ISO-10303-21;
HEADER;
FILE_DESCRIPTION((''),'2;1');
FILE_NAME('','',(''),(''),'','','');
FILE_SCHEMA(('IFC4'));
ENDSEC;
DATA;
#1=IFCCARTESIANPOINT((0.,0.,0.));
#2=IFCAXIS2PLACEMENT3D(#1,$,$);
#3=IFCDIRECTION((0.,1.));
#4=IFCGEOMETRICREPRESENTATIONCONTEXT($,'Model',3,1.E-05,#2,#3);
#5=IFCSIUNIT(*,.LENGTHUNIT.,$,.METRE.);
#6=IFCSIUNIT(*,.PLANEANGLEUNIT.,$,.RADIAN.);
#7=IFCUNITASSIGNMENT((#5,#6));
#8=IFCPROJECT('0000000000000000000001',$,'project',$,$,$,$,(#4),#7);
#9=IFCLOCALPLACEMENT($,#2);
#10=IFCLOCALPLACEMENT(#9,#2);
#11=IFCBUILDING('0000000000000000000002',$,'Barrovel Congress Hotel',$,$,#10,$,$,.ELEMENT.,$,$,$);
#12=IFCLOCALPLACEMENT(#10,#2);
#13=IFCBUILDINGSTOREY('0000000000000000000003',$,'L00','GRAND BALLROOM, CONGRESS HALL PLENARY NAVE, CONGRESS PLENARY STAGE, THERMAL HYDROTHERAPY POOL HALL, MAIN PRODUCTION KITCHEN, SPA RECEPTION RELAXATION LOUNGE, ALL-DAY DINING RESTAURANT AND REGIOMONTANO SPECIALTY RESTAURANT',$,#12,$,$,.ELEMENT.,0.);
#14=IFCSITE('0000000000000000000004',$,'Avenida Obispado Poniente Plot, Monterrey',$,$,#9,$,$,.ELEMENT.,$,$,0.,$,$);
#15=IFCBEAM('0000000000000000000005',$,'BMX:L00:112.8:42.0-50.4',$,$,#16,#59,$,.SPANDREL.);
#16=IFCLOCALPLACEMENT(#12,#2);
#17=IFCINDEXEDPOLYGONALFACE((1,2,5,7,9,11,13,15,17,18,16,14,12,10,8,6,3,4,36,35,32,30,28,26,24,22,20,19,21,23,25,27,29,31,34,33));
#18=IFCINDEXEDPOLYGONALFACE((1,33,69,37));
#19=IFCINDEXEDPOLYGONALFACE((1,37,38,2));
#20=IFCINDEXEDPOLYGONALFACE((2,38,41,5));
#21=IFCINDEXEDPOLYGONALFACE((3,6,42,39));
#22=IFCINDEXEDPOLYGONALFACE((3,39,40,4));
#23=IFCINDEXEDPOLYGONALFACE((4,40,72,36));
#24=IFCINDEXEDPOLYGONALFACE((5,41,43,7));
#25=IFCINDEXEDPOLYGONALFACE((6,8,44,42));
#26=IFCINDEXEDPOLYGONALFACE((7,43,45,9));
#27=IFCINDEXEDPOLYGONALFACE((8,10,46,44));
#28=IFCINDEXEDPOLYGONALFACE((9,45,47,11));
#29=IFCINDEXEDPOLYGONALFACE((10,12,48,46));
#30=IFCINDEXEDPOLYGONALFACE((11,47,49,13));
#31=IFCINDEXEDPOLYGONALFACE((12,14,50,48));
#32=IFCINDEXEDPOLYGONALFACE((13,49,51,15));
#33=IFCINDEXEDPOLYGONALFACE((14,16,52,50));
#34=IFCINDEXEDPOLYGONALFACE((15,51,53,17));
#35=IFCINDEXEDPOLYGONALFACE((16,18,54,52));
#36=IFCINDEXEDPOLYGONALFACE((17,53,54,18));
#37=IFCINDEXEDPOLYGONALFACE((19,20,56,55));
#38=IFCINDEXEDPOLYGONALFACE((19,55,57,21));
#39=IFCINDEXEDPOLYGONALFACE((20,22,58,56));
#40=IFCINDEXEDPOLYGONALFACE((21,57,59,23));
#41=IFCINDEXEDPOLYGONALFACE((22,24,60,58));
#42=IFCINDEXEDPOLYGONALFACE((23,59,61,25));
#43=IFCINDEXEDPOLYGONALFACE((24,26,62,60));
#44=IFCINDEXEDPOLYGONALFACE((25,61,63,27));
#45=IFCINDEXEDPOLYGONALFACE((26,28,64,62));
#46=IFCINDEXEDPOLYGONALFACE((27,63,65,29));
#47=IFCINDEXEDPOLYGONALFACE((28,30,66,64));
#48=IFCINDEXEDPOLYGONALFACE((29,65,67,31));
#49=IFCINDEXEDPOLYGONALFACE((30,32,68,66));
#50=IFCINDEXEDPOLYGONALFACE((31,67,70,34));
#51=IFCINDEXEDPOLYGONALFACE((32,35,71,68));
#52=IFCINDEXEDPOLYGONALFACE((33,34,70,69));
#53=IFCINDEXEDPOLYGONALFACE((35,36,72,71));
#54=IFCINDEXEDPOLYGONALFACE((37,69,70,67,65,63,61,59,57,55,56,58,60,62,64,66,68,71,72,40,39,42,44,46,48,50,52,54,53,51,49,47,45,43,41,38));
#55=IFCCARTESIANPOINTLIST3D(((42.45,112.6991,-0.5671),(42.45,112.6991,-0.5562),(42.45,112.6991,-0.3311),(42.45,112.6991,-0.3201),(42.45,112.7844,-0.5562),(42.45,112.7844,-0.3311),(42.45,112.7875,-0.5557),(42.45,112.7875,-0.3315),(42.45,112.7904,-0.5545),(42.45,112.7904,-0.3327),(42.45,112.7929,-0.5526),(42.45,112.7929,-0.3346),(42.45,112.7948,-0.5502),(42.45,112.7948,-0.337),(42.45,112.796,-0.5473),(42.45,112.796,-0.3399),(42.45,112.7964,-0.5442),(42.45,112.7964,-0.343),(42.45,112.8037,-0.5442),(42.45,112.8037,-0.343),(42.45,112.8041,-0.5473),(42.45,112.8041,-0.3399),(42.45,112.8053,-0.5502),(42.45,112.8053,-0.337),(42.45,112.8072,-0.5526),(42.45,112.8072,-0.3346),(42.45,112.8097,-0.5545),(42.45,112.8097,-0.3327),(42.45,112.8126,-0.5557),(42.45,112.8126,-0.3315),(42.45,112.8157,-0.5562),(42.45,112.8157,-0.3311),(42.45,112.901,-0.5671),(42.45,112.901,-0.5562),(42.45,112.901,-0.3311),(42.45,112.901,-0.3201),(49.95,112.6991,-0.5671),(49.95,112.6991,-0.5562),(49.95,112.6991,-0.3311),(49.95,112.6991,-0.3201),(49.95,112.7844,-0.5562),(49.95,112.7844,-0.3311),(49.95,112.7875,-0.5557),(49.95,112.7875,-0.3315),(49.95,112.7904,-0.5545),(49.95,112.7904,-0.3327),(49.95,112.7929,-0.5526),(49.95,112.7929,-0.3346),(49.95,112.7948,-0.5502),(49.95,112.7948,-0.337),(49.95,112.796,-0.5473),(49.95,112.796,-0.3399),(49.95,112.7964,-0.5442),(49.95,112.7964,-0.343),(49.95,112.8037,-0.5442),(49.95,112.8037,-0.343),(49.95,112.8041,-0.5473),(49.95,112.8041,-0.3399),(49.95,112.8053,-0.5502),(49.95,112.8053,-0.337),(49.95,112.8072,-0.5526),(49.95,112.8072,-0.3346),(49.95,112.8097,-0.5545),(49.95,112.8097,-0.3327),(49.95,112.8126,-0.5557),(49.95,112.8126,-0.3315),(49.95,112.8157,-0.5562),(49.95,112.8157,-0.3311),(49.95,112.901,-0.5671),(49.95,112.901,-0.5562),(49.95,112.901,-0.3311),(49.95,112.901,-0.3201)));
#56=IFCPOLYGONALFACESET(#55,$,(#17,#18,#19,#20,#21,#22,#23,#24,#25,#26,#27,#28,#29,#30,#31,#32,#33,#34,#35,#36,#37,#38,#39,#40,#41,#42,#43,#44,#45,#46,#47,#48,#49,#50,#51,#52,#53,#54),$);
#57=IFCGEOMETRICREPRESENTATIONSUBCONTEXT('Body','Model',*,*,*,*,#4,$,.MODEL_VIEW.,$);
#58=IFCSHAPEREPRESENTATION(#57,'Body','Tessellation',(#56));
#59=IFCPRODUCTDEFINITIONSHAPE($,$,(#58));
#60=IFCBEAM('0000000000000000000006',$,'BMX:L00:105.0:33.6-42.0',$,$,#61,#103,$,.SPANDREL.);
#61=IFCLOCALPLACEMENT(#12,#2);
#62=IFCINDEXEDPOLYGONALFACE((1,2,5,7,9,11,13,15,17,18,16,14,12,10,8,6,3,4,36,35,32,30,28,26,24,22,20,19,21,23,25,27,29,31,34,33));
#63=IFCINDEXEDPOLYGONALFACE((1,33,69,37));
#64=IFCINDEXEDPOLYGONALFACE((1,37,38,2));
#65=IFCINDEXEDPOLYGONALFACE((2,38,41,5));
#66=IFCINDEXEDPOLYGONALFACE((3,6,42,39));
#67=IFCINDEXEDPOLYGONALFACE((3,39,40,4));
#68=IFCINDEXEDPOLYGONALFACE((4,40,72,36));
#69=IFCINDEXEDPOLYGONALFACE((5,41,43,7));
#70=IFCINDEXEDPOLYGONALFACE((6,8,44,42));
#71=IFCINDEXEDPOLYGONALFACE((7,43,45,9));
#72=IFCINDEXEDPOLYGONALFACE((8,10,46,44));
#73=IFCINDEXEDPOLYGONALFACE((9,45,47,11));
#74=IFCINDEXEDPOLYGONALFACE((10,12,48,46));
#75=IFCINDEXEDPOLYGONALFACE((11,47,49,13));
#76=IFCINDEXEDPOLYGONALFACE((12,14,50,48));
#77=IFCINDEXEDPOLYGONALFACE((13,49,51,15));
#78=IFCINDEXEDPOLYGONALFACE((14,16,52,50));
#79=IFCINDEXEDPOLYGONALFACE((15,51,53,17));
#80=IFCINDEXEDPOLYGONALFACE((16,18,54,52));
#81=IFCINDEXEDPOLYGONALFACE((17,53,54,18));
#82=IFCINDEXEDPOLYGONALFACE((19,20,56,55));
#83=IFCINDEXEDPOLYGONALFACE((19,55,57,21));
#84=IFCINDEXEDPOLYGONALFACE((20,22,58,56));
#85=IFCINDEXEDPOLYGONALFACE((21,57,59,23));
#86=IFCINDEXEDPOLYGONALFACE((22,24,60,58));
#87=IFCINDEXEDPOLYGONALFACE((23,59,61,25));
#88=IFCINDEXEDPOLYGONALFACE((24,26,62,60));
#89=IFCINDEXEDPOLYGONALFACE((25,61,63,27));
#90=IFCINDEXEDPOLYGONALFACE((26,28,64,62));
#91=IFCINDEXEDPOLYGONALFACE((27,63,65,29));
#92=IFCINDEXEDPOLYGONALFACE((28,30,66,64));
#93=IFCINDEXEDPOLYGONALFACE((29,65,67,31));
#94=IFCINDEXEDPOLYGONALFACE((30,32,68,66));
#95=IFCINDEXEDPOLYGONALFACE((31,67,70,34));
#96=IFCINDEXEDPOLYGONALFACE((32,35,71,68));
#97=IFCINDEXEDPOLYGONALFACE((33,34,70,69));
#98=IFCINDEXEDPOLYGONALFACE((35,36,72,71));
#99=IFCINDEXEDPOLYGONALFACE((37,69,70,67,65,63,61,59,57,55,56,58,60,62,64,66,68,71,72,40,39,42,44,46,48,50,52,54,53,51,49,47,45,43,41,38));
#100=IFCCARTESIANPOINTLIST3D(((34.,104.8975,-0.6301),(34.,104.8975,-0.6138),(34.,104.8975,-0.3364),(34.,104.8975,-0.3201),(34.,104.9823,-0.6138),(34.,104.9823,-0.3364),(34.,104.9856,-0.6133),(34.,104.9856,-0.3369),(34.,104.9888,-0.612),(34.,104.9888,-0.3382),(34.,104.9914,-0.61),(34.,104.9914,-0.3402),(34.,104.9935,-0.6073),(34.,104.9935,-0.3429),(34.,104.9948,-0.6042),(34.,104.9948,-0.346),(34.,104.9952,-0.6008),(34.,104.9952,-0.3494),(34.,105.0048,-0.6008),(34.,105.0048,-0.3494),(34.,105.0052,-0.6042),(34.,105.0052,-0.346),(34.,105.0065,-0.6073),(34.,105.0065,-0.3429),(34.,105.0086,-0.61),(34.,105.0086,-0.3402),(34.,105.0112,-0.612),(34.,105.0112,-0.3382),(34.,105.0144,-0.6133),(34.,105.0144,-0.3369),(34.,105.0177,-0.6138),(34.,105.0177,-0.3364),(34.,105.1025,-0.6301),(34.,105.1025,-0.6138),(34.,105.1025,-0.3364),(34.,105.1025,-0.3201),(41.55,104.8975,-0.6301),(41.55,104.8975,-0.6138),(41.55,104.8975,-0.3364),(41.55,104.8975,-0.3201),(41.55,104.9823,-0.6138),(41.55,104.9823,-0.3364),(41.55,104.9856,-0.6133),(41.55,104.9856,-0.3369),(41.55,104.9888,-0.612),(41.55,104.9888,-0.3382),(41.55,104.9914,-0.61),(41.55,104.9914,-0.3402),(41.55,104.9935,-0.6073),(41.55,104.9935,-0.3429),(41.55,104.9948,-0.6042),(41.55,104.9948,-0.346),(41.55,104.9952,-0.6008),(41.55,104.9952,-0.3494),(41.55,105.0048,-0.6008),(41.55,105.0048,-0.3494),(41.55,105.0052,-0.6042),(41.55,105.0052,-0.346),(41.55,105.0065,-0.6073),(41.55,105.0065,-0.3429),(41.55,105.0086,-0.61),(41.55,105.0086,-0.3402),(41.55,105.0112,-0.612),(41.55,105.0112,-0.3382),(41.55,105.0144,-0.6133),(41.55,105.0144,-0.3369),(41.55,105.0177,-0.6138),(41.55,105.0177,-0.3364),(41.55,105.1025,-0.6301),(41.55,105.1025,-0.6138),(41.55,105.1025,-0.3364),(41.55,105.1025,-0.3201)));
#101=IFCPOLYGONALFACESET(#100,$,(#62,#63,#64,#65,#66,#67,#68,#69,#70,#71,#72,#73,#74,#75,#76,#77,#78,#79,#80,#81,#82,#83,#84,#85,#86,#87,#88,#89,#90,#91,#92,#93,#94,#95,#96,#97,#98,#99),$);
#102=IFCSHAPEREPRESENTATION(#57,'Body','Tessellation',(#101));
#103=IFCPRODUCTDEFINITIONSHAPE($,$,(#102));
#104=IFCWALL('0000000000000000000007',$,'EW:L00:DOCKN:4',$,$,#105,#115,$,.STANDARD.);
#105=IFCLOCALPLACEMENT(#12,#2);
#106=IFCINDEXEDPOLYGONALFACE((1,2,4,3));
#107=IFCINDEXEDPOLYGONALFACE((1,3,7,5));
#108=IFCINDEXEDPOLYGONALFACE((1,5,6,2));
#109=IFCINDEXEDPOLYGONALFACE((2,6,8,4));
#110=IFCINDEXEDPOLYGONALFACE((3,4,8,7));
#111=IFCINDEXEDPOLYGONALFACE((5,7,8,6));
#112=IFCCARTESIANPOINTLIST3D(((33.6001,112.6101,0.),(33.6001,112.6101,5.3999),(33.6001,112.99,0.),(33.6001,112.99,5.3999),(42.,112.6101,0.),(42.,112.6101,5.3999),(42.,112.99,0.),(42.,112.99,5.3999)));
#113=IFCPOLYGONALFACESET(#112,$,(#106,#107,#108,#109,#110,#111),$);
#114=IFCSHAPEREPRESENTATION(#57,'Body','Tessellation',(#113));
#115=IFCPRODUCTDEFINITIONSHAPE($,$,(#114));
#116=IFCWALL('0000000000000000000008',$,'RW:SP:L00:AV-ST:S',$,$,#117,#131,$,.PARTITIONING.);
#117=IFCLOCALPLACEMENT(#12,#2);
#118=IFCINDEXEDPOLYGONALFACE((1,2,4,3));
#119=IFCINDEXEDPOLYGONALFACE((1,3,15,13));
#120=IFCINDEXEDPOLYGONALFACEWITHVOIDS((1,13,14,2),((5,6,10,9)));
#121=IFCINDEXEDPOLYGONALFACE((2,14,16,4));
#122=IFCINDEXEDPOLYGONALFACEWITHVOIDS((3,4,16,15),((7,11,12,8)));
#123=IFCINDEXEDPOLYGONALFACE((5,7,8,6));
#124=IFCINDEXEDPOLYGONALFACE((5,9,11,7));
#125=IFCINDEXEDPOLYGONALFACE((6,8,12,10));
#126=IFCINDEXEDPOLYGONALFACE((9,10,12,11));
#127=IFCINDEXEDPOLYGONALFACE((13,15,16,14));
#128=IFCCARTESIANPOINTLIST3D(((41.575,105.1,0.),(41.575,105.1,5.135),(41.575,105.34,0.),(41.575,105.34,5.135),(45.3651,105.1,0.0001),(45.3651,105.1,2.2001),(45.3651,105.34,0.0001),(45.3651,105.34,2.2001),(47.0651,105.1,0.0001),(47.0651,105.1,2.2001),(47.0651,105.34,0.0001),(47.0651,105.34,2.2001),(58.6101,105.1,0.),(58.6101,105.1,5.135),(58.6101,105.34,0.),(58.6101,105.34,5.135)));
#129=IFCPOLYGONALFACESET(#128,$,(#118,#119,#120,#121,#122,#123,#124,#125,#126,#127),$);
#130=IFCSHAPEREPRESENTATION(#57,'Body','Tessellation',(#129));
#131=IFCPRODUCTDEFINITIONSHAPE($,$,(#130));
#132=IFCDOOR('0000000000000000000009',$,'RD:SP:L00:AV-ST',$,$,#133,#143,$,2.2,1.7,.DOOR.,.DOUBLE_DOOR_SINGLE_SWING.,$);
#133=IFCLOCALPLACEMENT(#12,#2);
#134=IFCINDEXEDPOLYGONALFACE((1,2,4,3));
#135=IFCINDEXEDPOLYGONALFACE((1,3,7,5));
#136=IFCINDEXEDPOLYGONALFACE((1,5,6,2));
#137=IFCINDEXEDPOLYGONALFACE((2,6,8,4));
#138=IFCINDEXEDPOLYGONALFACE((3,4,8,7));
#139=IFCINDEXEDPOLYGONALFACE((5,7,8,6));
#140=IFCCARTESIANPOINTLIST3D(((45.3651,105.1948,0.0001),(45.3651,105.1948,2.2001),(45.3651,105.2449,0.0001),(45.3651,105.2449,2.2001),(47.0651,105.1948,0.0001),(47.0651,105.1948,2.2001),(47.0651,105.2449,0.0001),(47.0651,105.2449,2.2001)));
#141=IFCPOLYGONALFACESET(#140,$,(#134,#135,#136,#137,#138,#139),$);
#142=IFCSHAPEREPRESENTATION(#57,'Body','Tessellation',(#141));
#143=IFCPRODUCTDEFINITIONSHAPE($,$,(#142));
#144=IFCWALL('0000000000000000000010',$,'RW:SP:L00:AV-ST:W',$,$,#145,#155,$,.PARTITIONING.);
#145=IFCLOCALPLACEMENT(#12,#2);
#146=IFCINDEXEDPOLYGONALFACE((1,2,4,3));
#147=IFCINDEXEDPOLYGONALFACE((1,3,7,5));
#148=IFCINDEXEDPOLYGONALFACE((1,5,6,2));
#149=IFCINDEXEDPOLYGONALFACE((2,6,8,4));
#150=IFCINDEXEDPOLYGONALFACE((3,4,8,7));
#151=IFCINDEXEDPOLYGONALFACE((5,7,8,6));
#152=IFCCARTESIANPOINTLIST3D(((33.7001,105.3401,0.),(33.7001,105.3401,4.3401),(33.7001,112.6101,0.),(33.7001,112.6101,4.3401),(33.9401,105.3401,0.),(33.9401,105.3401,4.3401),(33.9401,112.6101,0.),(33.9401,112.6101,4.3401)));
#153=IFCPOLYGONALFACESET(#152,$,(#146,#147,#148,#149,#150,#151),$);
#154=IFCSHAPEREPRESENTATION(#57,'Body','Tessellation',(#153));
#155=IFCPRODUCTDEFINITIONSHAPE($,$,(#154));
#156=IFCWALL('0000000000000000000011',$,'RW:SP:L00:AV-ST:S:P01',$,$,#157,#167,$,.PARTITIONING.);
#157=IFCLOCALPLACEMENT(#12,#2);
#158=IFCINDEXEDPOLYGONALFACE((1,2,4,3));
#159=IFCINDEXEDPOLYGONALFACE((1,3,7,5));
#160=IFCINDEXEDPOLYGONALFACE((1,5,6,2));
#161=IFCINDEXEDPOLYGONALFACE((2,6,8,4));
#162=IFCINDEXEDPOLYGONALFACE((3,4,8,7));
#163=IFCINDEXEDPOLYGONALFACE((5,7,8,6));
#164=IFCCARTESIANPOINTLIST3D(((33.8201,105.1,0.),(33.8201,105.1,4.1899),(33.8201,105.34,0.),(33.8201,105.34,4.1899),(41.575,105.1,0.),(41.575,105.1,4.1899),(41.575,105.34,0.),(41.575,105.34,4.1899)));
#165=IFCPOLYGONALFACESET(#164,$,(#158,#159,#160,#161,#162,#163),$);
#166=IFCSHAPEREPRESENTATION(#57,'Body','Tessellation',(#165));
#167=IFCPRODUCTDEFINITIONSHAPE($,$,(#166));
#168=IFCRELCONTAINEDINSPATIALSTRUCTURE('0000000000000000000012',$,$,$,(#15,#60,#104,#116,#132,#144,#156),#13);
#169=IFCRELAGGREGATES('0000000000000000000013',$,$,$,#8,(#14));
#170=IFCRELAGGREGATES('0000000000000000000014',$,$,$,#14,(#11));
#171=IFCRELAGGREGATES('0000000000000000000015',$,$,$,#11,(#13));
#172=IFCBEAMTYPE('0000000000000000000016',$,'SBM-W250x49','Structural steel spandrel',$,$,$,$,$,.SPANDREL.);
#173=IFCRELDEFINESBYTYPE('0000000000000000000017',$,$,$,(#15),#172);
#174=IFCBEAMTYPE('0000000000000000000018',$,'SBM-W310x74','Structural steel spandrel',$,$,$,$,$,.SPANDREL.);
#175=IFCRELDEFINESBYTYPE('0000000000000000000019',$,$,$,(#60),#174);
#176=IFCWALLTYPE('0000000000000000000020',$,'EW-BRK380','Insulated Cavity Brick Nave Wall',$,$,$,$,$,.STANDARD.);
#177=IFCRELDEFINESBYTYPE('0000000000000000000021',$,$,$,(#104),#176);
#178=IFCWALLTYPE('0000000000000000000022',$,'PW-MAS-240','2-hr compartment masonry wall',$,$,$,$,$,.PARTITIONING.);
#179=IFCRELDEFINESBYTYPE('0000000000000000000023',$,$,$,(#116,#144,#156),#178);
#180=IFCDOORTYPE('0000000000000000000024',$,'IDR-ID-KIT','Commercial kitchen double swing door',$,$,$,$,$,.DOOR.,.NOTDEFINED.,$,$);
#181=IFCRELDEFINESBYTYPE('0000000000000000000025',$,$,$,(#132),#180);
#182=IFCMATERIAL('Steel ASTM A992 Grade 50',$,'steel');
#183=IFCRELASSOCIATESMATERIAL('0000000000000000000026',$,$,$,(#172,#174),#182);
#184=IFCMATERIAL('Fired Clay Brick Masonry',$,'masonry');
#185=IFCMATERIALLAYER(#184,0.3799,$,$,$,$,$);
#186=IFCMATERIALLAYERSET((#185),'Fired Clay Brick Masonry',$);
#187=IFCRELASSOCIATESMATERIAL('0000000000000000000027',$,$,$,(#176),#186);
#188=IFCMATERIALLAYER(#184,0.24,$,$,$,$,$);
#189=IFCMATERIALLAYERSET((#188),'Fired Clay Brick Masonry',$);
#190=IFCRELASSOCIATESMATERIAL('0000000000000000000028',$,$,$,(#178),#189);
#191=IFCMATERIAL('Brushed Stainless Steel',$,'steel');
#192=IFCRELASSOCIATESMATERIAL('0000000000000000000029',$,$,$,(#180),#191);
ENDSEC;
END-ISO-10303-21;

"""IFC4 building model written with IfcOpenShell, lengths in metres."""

from ifc_helpers import new_model, si_unit, direction, frame, frame_2d, origin, origin_2d, place, context, subcontext, project, spatial, rectangle, i_section, extrude, material, layer, layer_set, material_profile, profile_set, type_object, element, fill, save


model = new_model("IFC4")

# Units and contexts
model_context = context("Model", 3, precision=1e-05, world=origin(), true_north=direction((0.0, 1.0)))
body_context = subcontext(model_context, "Body", "Model", "MODEL_VIEW")
ifc_project = project(units=[si_unit("LENGTHUNIT", "METRE"), si_unit("PLANEANGLEUNIT", "RADIAN")], contexts=[model_context])

# Site, building, storey
site_placement = place(None, origin())
site = spatial("IfcSite", under=ifc_project, at=site_placement, Name="Avenida Obispado Poniente Plot, Monterrey", CompositionType="ELEMENT", RefElevation=0.0)
building_placement = place(site_placement, origin())
building = spatial("IfcBuilding", under=site, at=building_placement, Name="Barrovel Congress Hotel", CompositionType="ELEMENT")
storey_placement = place(building_placement, origin())
storey = spatial("IfcBuildingStorey", under=building, at=storey_placement, Name="L00", Description="GRAND BALLROOM, CONGRESS HALL PLENARY NAVE, CONGRESS PLENARY STAGE, THERMAL HYDROTHERAPY POOL HALL, MAIN PRODUCTION KITCHEN, SPA RECEPTION RELAXATION LOUNGE, ALL-DAY DINING RESTAURANT AND REGIOMONTANO SPECIALTY RESTAURANT", CompositionType="ELEMENT", Elevation=0.0)

# Beams
ifc_material_1 = material(Name="Steel ASTM A992 Grade 50", Category="steel")
ifc_material_profile_1 = material_profile(ifc_material_1, i_section(OverallWidth=0.2019, OverallDepth=0.2471, WebThickness=0.0073, FlangeThickness=0.011, FilletRadius=0.012, at=origin_2d()), Name="W250x49")
ifc_profile_set_1 = profile_set([ifc_material_profile_1], Name="Steel ASTM A992 Grade 50")
beam_type_1 = type_object("IfcBeamType", Name="SBM-W250x49", Description="Structural steel spandrel", PredefinedType="SPANDREL", material=ifc_profile_set_1)
beam_1_placement = place(storey_placement, frame((42.45, 112.8, -0.4436), z_axis=(1.0, 0.0, 0.0), x_axis=(0.0, 1.0, 0.0)))
element("IfcBeam", 1, at=beam_1_placement, inside=storey, type_object=beam_type_1, Name="BMX:L00:112.8:42.0-50.4", PredefinedType="SPANDREL", context=body_context, shape_type="SweptSolid", body=[
    extrude(i_section(OverallWidth=0.2019, OverallDepth=0.2471, WebThickness=0.0073, FlangeThickness=0.011, FilletRadius=0.012, at=origin_2d()), origin(), (0.0, 0.0, 1.0), 7.5),
])
ifc_material_profile_2 = material_profile(ifc_material_1, i_section(OverallWidth=0.2051, OverallDepth=0.3101, WebThickness=0.0095, FlangeThickness=0.0164, FilletRadius=0.0129, at=origin_2d()), Name="W310x74")
ifc_profile_set_2 = profile_set([ifc_material_profile_2], Name="Steel ASTM A992 Grade 50")
beam_type_2 = type_object("IfcBeamType", Name="SBM-W310x74", Description="Structural steel spandrel", PredefinedType="SPANDREL", material=ifc_profile_set_2)
beam_2_placement = place(storey_placement, frame((34.0, 105.0, -0.4751), z_axis=(1.0, 0.0, 0.0), x_axis=(0.0, 1.0, 0.0)))
element("IfcBeam", 2, at=beam_2_placement, inside=storey, type_object=beam_type_2, Name="BMX:L00:105.0:33.6-42.0", PredefinedType="SPANDREL", context=body_context, shape_type="SweptSolid", body=[
    extrude(i_section(OverallWidth=0.2051, OverallDepth=0.3101, WebThickness=0.0095, FlangeThickness=0.0164, FilletRadius=0.0129, at=origin_2d()), origin(), (0.0, 0.0, 1.0), 7.55),
])

# Wall
ifc_material_2 = material(Name="Fired Clay Brick Masonry", Category="masonry")
ifc_layer_1 = layer(ifc_material_2, 0.3799)
ifc_layer_set_1 = layer_set([ifc_layer_1], Name="Fired Clay Brick Masonry")
wall_type_1 = type_object("IfcWallType", Name="EW-BRK380", Description="Insulated Cavity Brick Nave Wall", PredefinedType="STANDARD", material=ifc_layer_set_1)
wall_1_placement = place(storey_placement, frame((42.0, 112.8, 0.0), z_axis=(0.0, 0.0, 1.0), x_axis=(-1.0, 0.0, 0.0)))
element("IfcWall", 3, at=wall_1_placement, inside=storey, type_object=wall_type_1, Name="EW:L00:DOCKN:4", PredefinedType="STANDARD", context=body_context, shape_type="SweptSolid", body=[
    extrude(rectangle(XDim=8.3999, YDim=0.3799, at=frame_2d((4.2, 0.0))), origin(), (0.0, 0.0, 1.0), 5.3999),
])

# Wall, opening, door
ifc_layer_2 = layer(ifc_material_2, 0.24)
ifc_layer_set_2 = layer_set([ifc_layer_2], Name="Fired Clay Brick Masonry")
wall_type_2 = type_object("IfcWallType", Name="PW-MAS-240", Description="2-hr compartment masonry wall", PredefinedType="PARTITIONING", material=ifc_layer_set_2)
wall_2_placement = place(storey_placement, frame((41.575, 105.22, 0.0), z_axis=(0.0, 0.0, 1.0), x_axis=(1.0, 0.0, 0.0)))
wall_2 = element("IfcWall", 4, at=wall_2_placement, inside=storey, type_object=wall_type_2, Name="RW:SP:L00:AV-ST:S", PredefinedType="PARTITIONING", context=body_context, shape_type="SweptSolid", body=[
    extrude(rectangle(XDim=17.0352, YDim=0.24, at=frame_2d((8.5176, 0.0))), origin(), (0.0, 0.0, 1.0), 5.135),
])
opening_placement = place(wall_2_placement, frame((3.79, 0.0, 0.0)))
opening = element("IfcOpeningElement", 5, at=opening_placement, cuts=wall_2, PredefinedType="OPENING", context=body_context, shape_type="SweptSolid", body=[
    extrude(rectangle(XDim=1.7, YDim=2.2, at=frame_2d((0.8501, 1.1001))), frame((0.0, 0.1299, 0.0), z_axis=(0.0, -1.0, 0.0), x_axis=(1.0, 0.0, 0.0)), (0.0, 0.0, 1.0), 0.26),
])
ifc_material_3 = material(Name="Brushed Stainless Steel", Category="steel")
door_type = type_object("IfcDoorType", Name="IDR-ID-KIT", Description="Commercial kitchen double swing door", OperationType="NOTDEFINED", PredefinedType="DOOR", material=ifc_material_3)
door_placement = place(opening_placement, origin())
door = element("IfcDoor", 6, at=door_placement, inside=storey, type_object=door_type, Name="RD:SP:L00:AV-ST", OperationType="DOUBLE_DOOR_SINGLE_SWING", OverallHeight=2.2, OverallWidth=1.7, PredefinedType="DOOR", context=body_context, shape_type="SweptSolid", body=[
    extrude(rectangle(XDim=1.7, YDim=2.2, at=frame_2d((0.8501, 1.1001))), frame((0.0, 0.0249, 0.0), z_axis=(0.0, -1.0, 0.0), x_axis=(1.0, 0.0, 0.0)), (0.0, 0.0, 1.0), 0.05),
])
fill(opening, door)

# Walls
wall_3_placement = place(storey_placement, frame((33.8201, 105.3401, 0.0), z_axis=(0.0, 0.0, 1.0), x_axis=(0.0, 1.0, 0.0)))
element("IfcWall", 7, at=wall_3_placement, inside=storey, type_object=wall_type_2, Name="RW:SP:L00:AV-ST:W", PredefinedType="PARTITIONING", context=body_context, shape_type="SweptSolid", body=[
    extrude(rectangle(XDim=7.27, YDim=0.24, at=frame_2d((3.635, 0.0))), origin(), (0.0, 0.0, 1.0), 4.3401),
])
wall_4_placement = place(storey_placement, frame((33.8201, 105.22, 0.0), z_axis=(0.0, 0.0, 1.0), x_axis=(1.0, 0.0, 0.0)))
element("IfcWall", 8, at=wall_4_placement, inside=storey, type_object=wall_type_2, Name="RW:SP:L00:AV-ST:S:P01", PredefinedType="PARTITIONING", context=body_context, shape_type="SweptSolid", body=[
    extrude(rectangle(XDim=7.7549, YDim=0.24, at=frame_2d((3.8774, 0.0))), origin(), (0.0, 0.0, 1.0), 4.1899),
])

save(model, "model.ifc")
